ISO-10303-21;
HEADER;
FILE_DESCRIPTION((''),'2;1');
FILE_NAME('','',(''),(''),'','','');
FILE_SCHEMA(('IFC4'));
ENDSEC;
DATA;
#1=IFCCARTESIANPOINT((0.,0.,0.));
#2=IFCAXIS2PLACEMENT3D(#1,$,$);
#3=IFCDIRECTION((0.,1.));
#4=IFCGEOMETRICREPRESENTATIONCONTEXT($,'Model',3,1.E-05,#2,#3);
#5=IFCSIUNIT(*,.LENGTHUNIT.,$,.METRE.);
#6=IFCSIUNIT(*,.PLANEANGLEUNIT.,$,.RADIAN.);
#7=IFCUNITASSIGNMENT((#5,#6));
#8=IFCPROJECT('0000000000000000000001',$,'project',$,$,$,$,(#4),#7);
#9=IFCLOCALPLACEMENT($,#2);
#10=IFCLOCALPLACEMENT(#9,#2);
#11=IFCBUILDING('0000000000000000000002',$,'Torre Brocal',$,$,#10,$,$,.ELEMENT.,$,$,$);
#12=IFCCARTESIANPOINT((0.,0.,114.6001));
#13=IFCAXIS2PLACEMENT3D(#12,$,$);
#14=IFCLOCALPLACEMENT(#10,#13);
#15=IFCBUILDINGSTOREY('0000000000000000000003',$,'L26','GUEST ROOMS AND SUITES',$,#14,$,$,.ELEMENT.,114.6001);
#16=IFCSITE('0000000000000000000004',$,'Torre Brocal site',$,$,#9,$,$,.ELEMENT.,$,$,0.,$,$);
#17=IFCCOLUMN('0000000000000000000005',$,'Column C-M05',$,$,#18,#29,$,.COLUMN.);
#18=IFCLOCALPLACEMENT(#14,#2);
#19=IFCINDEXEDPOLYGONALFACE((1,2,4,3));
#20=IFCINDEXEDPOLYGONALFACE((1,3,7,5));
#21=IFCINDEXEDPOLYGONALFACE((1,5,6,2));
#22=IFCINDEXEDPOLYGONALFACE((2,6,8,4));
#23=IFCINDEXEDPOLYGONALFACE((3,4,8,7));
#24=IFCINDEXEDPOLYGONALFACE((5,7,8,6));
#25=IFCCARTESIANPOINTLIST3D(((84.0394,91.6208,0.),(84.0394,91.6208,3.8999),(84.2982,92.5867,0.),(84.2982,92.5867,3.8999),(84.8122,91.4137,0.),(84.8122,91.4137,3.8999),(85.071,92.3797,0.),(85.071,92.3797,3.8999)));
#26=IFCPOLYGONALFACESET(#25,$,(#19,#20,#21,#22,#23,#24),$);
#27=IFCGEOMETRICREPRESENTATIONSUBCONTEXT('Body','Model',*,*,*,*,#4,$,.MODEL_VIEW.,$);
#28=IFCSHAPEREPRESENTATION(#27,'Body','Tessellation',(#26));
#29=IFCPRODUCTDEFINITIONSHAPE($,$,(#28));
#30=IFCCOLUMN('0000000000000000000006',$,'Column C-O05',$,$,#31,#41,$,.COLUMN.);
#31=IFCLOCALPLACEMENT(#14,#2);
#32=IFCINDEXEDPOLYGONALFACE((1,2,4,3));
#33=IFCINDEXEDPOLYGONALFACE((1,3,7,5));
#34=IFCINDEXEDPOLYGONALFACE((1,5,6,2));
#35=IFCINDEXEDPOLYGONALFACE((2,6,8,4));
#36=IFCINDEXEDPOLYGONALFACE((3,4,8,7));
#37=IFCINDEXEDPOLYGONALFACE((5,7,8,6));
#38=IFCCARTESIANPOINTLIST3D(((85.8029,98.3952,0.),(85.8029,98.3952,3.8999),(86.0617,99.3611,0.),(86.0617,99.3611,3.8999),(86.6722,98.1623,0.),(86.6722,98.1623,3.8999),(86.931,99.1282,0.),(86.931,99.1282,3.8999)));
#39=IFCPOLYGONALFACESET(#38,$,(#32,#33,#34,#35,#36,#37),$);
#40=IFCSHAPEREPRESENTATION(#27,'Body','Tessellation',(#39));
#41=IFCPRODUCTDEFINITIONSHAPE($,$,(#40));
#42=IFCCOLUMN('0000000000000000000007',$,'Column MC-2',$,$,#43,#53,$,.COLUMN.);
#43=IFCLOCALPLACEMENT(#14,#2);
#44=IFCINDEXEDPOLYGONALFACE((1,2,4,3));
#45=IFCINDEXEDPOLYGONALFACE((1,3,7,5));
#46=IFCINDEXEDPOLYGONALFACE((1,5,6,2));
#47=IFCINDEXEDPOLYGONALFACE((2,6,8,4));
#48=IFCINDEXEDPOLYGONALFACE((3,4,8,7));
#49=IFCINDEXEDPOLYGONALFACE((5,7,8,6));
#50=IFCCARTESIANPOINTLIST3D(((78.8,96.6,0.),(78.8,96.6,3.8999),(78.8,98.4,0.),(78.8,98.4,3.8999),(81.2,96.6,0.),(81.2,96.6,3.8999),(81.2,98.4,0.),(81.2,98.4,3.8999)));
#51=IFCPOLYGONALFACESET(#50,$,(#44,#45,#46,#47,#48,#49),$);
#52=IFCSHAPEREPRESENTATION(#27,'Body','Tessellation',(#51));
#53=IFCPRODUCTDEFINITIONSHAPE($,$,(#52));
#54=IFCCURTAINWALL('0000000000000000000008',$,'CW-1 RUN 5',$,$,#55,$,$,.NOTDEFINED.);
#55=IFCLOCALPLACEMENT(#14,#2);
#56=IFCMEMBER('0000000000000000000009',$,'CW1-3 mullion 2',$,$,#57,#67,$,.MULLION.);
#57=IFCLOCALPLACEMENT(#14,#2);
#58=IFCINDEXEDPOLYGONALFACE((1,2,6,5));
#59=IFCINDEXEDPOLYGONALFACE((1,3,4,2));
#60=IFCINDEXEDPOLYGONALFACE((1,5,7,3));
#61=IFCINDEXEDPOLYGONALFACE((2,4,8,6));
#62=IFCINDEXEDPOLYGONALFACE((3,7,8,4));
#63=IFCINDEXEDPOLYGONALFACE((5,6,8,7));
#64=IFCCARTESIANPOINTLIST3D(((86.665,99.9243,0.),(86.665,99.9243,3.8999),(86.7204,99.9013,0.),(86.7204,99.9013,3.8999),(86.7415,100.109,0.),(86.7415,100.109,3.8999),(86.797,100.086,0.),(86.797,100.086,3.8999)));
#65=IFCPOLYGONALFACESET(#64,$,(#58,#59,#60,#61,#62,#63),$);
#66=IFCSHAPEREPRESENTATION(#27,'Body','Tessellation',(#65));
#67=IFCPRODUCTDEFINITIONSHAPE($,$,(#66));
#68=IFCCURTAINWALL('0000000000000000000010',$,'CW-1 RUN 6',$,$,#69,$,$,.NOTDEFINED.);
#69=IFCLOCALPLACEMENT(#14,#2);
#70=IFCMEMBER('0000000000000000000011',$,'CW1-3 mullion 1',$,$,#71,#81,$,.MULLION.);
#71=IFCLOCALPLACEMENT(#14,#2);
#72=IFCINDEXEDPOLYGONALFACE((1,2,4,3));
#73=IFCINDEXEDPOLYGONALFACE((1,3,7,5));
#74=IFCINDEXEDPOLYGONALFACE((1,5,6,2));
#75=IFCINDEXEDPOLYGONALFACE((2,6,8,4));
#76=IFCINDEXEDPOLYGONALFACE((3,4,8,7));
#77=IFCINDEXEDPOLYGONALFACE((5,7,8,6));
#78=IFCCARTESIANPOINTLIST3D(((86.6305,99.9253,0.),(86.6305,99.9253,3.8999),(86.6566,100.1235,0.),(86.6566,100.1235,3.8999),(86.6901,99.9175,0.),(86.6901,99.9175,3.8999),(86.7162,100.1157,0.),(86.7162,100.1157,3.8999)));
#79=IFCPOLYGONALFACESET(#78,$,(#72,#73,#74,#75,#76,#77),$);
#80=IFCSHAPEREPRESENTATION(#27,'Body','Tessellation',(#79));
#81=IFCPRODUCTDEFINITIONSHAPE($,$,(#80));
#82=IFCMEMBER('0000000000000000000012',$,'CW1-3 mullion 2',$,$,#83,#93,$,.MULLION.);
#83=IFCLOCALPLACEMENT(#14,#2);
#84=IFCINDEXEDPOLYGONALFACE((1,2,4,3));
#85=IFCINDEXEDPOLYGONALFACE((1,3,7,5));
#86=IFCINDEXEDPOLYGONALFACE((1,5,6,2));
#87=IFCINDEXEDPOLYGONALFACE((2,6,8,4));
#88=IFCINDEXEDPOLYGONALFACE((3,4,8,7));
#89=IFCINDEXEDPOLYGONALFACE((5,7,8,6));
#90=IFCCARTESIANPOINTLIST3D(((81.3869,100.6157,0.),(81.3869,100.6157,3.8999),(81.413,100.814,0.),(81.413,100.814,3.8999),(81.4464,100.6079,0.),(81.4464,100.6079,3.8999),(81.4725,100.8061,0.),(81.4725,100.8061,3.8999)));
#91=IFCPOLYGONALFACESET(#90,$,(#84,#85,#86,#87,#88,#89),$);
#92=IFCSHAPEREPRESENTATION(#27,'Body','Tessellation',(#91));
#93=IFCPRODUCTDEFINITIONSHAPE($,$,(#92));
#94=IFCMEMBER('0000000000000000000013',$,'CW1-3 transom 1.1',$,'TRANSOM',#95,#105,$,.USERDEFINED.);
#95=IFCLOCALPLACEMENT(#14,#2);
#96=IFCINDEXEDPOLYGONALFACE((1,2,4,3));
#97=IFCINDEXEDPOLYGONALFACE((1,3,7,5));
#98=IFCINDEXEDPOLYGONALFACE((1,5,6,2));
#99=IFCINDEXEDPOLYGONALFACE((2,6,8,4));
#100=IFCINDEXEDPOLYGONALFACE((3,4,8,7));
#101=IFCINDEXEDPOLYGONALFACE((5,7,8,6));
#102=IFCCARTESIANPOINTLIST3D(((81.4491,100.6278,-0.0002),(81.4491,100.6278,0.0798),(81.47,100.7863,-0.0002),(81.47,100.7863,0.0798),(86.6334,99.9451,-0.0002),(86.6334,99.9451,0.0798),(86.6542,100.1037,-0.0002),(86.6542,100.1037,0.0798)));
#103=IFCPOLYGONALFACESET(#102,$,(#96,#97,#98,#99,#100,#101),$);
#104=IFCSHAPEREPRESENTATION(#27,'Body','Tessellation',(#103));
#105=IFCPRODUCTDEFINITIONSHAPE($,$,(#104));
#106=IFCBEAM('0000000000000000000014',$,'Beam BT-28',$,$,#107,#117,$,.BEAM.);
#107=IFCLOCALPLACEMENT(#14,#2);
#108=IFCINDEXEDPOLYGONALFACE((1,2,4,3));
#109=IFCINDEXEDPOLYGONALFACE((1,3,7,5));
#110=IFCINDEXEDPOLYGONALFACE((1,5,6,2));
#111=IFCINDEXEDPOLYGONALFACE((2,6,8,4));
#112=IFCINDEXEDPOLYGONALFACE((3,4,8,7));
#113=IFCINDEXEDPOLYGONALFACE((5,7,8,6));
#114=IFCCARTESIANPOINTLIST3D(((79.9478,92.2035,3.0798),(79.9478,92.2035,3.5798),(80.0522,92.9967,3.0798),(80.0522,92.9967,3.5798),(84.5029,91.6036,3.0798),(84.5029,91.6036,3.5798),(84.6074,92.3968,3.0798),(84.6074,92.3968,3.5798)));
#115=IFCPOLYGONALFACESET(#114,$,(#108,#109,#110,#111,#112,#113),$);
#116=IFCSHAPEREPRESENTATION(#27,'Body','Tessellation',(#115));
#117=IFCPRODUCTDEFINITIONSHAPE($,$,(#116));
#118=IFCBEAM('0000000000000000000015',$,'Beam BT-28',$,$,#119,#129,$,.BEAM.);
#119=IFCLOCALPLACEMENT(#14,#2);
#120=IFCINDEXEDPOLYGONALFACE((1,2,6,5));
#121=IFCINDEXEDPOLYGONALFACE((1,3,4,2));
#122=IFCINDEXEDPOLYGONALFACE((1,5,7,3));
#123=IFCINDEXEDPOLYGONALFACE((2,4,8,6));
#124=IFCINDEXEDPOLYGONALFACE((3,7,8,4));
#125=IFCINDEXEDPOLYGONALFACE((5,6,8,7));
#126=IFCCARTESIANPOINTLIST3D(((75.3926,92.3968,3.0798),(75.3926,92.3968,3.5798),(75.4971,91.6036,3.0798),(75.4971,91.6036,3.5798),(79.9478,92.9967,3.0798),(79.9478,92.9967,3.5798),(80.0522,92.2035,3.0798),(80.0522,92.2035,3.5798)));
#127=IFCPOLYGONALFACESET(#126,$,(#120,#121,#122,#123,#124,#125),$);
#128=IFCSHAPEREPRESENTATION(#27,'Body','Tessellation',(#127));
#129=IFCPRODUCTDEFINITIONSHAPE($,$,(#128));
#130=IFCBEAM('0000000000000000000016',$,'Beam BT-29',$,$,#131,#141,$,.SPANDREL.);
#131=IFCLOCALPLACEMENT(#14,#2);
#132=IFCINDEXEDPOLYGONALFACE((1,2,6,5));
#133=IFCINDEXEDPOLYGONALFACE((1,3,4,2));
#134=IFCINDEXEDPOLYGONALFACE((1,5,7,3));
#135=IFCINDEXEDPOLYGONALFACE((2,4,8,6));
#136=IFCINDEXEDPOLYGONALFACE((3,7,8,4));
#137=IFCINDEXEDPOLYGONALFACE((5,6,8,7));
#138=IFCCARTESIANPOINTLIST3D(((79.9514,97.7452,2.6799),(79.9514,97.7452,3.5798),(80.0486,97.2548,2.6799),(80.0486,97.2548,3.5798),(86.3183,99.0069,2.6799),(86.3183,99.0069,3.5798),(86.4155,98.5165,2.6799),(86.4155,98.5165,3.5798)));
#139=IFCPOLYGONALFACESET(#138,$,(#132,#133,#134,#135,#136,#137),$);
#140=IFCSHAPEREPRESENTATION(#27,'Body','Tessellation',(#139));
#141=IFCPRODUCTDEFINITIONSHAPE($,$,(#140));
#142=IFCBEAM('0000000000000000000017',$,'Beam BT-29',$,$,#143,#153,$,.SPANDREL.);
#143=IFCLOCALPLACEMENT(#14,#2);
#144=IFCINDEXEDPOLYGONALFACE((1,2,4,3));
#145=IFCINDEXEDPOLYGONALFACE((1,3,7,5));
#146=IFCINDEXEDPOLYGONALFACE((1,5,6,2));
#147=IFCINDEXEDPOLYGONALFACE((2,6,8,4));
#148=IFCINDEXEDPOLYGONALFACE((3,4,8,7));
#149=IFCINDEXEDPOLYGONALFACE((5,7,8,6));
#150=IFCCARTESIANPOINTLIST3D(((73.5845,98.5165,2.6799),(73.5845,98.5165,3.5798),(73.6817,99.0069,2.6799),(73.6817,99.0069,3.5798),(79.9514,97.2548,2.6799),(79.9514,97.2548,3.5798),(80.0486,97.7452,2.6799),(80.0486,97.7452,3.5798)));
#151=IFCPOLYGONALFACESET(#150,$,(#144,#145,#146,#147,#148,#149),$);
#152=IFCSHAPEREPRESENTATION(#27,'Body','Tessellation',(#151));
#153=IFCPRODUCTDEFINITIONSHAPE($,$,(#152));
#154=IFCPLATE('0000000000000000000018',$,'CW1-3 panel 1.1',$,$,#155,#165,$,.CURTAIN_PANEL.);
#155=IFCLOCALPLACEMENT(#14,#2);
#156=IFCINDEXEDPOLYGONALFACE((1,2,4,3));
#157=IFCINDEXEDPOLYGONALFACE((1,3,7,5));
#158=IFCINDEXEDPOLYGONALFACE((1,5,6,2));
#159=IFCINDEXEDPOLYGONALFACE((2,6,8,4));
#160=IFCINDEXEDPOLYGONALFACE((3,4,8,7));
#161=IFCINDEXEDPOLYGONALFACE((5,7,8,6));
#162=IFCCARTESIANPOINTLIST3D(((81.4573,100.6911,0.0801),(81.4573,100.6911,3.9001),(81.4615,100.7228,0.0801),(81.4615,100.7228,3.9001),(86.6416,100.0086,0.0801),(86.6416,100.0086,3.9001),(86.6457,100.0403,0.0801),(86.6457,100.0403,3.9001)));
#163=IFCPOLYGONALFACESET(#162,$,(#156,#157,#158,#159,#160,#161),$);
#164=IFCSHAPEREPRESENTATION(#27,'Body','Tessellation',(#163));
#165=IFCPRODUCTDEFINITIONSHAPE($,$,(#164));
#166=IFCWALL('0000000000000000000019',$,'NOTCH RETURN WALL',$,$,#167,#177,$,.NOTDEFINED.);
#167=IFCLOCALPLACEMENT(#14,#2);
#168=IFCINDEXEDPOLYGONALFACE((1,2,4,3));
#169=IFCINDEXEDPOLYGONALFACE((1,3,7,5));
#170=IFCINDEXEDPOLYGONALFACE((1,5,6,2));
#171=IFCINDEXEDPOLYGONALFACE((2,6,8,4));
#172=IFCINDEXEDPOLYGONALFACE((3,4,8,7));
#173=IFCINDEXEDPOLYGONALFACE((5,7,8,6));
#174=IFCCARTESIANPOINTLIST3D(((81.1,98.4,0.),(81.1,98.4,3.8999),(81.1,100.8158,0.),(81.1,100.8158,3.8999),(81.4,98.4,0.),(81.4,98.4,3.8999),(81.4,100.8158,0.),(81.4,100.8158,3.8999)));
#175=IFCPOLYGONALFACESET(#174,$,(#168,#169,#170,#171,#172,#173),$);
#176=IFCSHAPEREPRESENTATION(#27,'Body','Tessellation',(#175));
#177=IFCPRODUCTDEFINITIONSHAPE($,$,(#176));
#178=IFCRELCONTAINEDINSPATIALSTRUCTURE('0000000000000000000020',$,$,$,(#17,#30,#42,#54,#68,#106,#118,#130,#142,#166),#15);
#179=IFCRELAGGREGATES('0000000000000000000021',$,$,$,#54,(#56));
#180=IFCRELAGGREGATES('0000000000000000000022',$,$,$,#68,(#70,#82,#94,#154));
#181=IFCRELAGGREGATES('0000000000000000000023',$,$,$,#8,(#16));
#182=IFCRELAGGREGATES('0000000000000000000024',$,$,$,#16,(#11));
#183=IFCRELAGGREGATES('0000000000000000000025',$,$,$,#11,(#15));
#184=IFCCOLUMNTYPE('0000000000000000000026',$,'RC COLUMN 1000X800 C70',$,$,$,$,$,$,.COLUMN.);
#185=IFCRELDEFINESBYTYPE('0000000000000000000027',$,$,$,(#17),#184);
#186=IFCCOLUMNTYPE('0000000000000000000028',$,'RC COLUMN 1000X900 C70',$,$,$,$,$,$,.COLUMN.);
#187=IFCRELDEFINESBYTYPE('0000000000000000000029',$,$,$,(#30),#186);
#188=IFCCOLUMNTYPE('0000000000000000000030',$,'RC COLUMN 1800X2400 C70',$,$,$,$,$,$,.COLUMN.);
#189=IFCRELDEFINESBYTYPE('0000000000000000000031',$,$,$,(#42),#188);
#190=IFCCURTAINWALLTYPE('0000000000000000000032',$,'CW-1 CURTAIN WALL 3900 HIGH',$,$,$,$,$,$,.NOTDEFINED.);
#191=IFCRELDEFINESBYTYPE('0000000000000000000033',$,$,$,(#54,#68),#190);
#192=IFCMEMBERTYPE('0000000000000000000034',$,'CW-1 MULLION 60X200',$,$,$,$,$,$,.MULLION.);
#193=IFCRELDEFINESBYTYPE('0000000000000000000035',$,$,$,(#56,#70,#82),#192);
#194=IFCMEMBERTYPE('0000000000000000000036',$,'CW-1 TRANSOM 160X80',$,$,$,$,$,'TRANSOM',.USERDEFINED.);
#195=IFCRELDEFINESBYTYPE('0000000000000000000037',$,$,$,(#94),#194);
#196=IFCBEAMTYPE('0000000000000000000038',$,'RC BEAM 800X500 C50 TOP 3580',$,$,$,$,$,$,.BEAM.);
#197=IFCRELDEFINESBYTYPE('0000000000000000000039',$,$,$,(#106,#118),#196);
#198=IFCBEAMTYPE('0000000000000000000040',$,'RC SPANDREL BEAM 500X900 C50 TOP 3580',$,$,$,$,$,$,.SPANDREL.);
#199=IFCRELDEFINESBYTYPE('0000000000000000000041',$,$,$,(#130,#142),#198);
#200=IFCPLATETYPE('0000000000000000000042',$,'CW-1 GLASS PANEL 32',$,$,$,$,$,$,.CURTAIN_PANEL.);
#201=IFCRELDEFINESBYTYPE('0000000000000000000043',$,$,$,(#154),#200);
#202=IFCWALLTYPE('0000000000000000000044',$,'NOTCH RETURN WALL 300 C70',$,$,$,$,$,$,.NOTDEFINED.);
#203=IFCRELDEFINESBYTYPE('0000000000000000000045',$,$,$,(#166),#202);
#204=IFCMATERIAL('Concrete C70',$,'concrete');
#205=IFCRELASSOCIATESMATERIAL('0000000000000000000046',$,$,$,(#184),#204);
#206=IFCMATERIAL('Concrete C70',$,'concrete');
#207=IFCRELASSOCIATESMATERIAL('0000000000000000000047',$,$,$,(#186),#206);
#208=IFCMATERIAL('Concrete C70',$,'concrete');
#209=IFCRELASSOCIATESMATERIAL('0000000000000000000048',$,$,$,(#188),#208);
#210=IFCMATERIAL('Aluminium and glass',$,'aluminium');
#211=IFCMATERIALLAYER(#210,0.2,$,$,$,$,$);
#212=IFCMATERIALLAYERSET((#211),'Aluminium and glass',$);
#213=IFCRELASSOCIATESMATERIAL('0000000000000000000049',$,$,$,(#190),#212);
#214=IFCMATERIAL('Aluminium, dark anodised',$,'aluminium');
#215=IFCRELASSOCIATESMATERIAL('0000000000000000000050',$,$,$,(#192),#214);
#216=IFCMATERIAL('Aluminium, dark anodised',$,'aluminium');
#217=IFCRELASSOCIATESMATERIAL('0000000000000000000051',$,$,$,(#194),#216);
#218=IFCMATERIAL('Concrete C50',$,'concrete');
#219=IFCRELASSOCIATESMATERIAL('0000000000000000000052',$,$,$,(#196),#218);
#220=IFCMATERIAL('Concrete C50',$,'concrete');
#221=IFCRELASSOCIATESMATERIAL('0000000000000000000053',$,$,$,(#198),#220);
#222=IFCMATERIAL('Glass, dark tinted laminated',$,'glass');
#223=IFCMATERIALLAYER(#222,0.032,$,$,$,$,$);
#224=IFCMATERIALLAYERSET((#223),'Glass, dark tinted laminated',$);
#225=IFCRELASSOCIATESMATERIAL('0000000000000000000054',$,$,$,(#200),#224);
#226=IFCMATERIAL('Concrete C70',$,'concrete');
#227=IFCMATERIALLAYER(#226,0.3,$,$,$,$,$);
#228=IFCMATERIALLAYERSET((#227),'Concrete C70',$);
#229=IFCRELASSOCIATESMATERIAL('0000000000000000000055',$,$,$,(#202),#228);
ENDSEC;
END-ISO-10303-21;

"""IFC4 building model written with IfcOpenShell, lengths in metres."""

from ifc_helpers import new_model, si_unit, direction, frame, frame_2d, origin, origin_2d, place, context, subcontext, project, spatial, rectangle, extrude, material, layer, layer_set, material_profile, profile_set, type_object, element, aggregate, save


model = new_model("IFC4")

# Units and contexts
model_context = context("Model", 3, precision=1e-05, world=origin(), true_north=direction((0.0, 1.0)))
body_context = subcontext(model_context, "Body", "Model", "MODEL_VIEW")
ifc_project = project(units=[si_unit("LENGTHUNIT", "METRE"), si_unit("PLANEANGLEUNIT", "RADIAN")], contexts=[model_context])

# Site, building, storey
site_placement = place(None, origin())
site = spatial("IfcSite", under=ifc_project, at=site_placement, Name="Torre Brocal site", CompositionType="ELEMENT", RefElevation=0.0)
building_placement = place(site_placement, origin())
building = spatial("IfcBuilding", under=site, at=building_placement, Name="Torre Brocal", CompositionType="ELEMENT")
storey_placement = place(building_placement, frame((0.0, 0.0, 114.6001)))
storey = spatial("IfcBuildingStorey", under=building, at=storey_placement, Name="L26", Description="GUEST ROOMS AND SUITES", CompositionType="ELEMENT", Elevation=114.6001)

# Columns
ifc_material_1 = material(Name="Concrete C70", Category="concrete")
ifc_material_profile_1 = material_profile(ifc_material_1, rectangle(XDim=1.0, YDim=0.8, at=origin_2d()), Name="RC 1000X800")
ifc_profile_set_1 = profile_set([ifc_material_profile_1], Name="Concrete C70")
column_type_1 = type_object("IfcColumnType", Name="RC COLUMN 1000X800 C70", PredefinedType="COLUMN", material=ifc_profile_set_1)
column_1_placement = place(storey_placement, frame((84.5552, 92.0002, 0.0), z_axis=(0.0, 0.0, 1.0), x_axis=(0.258819, 0.965926, 0.0)))
element("IfcColumn", 1, at=column_1_placement, inside=storey, type_object=column_type_1, Name="Column C-M05", PredefinedType="COLUMN", context=body_context, shape_type="SweptSolid", body=[
    extrude(rectangle(XDim=1.0, YDim=0.8, at=origin_2d()), origin(), (0.0, 0.0, 1.0), 3.8999),
])
ifc_material_2 = material(Name="Concrete C70", Category="concrete")
ifc_material_profile_2 = material_profile(ifc_material_2, rectangle(XDim=1.0, YDim=0.8999, at=origin_2d()), Name="RC 1000X900")
ifc_profile_set_2 = profile_set([ifc_material_profile_2], Name="Concrete C70")
column_type_2 = type_object("IfcColumnType", Name="RC COLUMN 1000X900 C70", PredefinedType="COLUMN", material=ifc_profile_set_2)
column_2_placement = place(storey_placement, frame((86.3669, 98.7617, 0.0), z_axis=(0.0, 0.0, 1.0), x_axis=(0.258819, 0.965926, 0.0)))
element("IfcColumn", 2, at=column_2_placement, inside=storey, type_object=column_type_2, Name="Column C-O05", PredefinedType="COLUMN", context=body_context, shape_type="SweptSolid", body=[
    extrude(rectangle(XDim=1.0, YDim=0.8999, at=origin_2d()), origin(), (0.0, 0.0, 1.0), 3.8999),
])
ifc_material_3 = material(Name="Concrete C70", Category="concrete")
ifc_material_profile_3 = material_profile(ifc_material_3, rectangle(XDim=1.8, YDim=2.3999, at=origin_2d()), Name="RC 1800X2400")
ifc_profile_set_3 = profile_set([ifc_material_profile_3], Name="Concrete C70")
column_type_3 = type_object("IfcColumnType", Name="RC COLUMN 1800X2400 C70", PredefinedType="COLUMN", material=ifc_profile_set_3)
column_3_placement = place(storey_placement, frame((80.0, 97.5, 0.0), z_axis=(0.0, 0.0, 1.0), x_axis=(0.0, 1.0, 0.0)))
element("IfcColumn", 3, at=column_3_placement, inside=storey, type_object=column_type_3, Name="Column MC-2", PredefinedType="COLUMN", context=body_context, shape_type="SweptSolid", body=[
    extrude(rectangle(XDim=1.8, YDim=2.3999, at=origin_2d()), origin(), (0.0, 0.0, 1.0), 3.8999),
])

# Curtain wall, member
ifc_material_4 = material(Name="Aluminium and glass", Category="aluminium")
ifc_layer_1 = layer(ifc_material_4, 0.2)
ifc_layer_set_1 = layer_set([ifc_layer_1], Name="Aluminium and glass")
curtain_wall_type = type_object("IfcCurtainWallType", Name="CW-1 CURTAIN WALL 3900 HIGH", PredefinedType="NOTDEFINED", material=ifc_layer_set_1)
curtain_wall_1_placement = place(storey_placement, origin())
curtain_wall_1 = element("IfcCurtainWall", 4, at=curtain_wall_1_placement, inside=storey, type_object=curtain_wall_type, Name="CW-1 RUN 5", PredefinedType="NOTDEFINED")
ifc_material_5 = material(Name="Aluminium, dark anodised", Category="aluminium")
ifc_material_profile_4 = material_profile(ifc_material_5, rectangle(XDim=0.2, YDim=0.0601, at=origin_2d()), Name="CW-1 MULLION 60X200")
ifc_profile_set_4 = profile_set([ifc_material_profile_4], Name="Aluminium, dark anodised")
member_type_1 = type_object("IfcMemberType", Name="CW-1 MULLION 60X200", PredefinedType="MULLION", material=ifc_profile_set_4)
member_1_placement = place(storey_placement, frame((86.731, 100.0051, 0.0), z_axis=(0.0, 0.0, 1.0), x_axis=(-0.382683, -0.92388, 0.0)))
member_1 = element("IfcMember", 5, at=member_1_placement, type_object=member_type_1, Name="CW1-3 mullion 2", PredefinedType="MULLION", context=body_context, shape_type="SweptSolid", body=[
    extrude(rectangle(XDim=0.2, YDim=0.0601, at=origin_2d()), origin(), (0.0, 0.0, 1.0), 3.8999),
])
aggregate(curtain_wall_1, [member_1])

# Curtain wall, members
curtain_wall_2_placement = place(storey_placement, origin())
curtain_wall_2 = element("IfcCurtainWall", 6, at=curtain_wall_2_placement, inside=storey, type_object=curtain_wall_type, Name="CW-1 RUN 6", PredefinedType="NOTDEFINED")
member_2_placement = place(storey_placement, frame((86.6733, 100.0205, 0.0), z_axis=(0.0, 0.0, 1.0), x_axis=(-0.130526, -0.991445, 0.0)))
member_2 = element("IfcMember", 7, at=member_2_placement, type_object=member_type_1, Name="CW1-3 mullion 1", PredefinedType="MULLION", context=body_context, shape_type="SweptSolid", body=[
    extrude(rectangle(XDim=0.2, YDim=0.0601, at=origin_2d()), origin(), (0.0, 0.0, 1.0), 3.8999),
])
member_3_placement = place(storey_placement, frame((81.4297, 100.7109, 0.0), z_axis=(0.0, 0.0, 1.0), x_axis=(-0.130526, -0.991445, 0.0)))
member_3 = element("IfcMember", 8, at=member_3_placement, type_object=member_type_1, Name="CW1-3 mullion 2", PredefinedType="MULLION", context=body_context, shape_type="SweptSolid", body=[
    extrude(rectangle(XDim=0.2, YDim=0.0601, at=origin_2d()), origin(), (0.0, 0.0, 1.0), 3.8999),
])
ifc_material_6 = material(Name="Aluminium, dark anodised", Category="aluminium")
ifc_material_profile_5 = material_profile(ifc_material_6, rectangle(XDim=0.1599, YDim=0.0801, at=origin_2d()), Name="CW-1 TRANSOM 160X80")
ifc_profile_set_5 = profile_set([ifc_material_profile_5], Name="Aluminium, dark anodised")
member_type_2 = type_object("IfcMemberType", Name="CW-1 TRANSOM 160X80", ElementType="TRANSOM", PredefinedType="USERDEFINED", material=ifc_profile_set_5)
member_4_placement = place(storey_placement, frame((86.6438, 100.0244, 0.0398), z_axis=(-0.991443, 0.130543, 0.0), x_axis=(-0.130543, -0.991443, 0.0)))
member_4 = element("IfcMember", 9, at=member_4_placement, type_object=member_type_2, Name="CW1-3 transom 1.1", ObjectType="TRANSOM", PredefinedType="USERDEFINED", context=body_context, shape_type="SweptSolid", body=[
    extrude(rectangle(XDim=0.1599, YDim=0.0801, at=origin_2d()), origin(), (0.0, 0.0, 1.0), 5.229),
])

# Beams
ifc_material_7 = material(Name="Concrete C50", Category="concrete")
ifc_material_profile_6 = material_profile(ifc_material_7, rectangle(XDim=0.8, YDim=0.5, at=origin_2d()), Name="RC 800X500")
ifc_profile_set_6 = profile_set([ifc_material_profile_6], Name="Concrete C50")
beam_type_1 = type_object("IfcBeamType", Name="RC BEAM 800X500 C50 TOP 3580", PredefinedType="BEAM", material=ifc_profile_set_6)
for number, where, z_axis, x_axis, name in (
    (10, (84.5552, 92.0002, 3.3298), (-0.991441, 0.130559, 0.0), (-0.130559, -0.991441, 0.0), "Beam BT-28"),
    (11, (80.0, 92.6001, 3.3298), (-0.991441, -0.130559, 0.0), (0.130559, -0.991441, 0.0), "Beam BT-28"),
):
    element("IfcBeam", number, at=place(storey_placement, frame(where, z_axis=z_axis, x_axis=x_axis)), inside=storey, type_object=beam_type_1, Name=name, PredefinedType="BEAM", context=body_context, shape_type="SweptSolid", body=[
        extrude(rectangle(XDim=0.8, YDim=0.5, at=origin_2d()), origin(), (0.0, 0.0, 1.0), 4.5945),
    ])
ifc_material_8 = material(Name="Concrete C50", Category="concrete")
ifc_material_profile_7 = material_profile(ifc_material_8, rectangle(XDim=0.5, YDim=0.8999, at=origin_2d()), Name="RC 500X900")
ifc_profile_set_7 = profile_set([ifc_material_profile_7], Name="Concrete C50")
beam_type_2 = type_object("IfcBeamType", Name="RC SPANDREL BEAM 500X900 C50 TOP 3580", PredefinedType="SPANDREL", material=ifc_profile_set_7)
for number, where, z_axis, x_axis, name in (
    (12, (86.3669, 98.7617, 3.1299), (-0.980925, -0.194387, 0.0), (0.194387, -0.980925, 0.0), "Beam BT-29"),
    (13, (80.0, 97.5, 3.1299), (-0.980925, 0.194387, 0.0), (-0.194387, -0.980925, 0.0), "Beam BT-29"),
):
    element("IfcBeam", number, at=place(storey_placement, frame(where, z_axis=z_axis, x_axis=x_axis)), inside=storey, type_object=beam_type_2, Name=name, PredefinedType="SPANDREL", context=body_context, shape_type="SweptSolid", body=[
        extrude(rectangle(XDim=0.5, YDim=0.8999, at=origin_2d()), origin(), (0.0, 0.0, 1.0), 6.4907),
    ])

# Plate
ifc_material_9 = material(Name="Glass, dark tinted laminated", Category="glass")
ifc_layer_2 = layer(ifc_material_9, 0.032)
ifc_layer_set_2 = layer_set([ifc_layer_2], Name="Glass, dark tinted laminated")
plate_type = type_object("IfcPlateType", Name="CW-1 GLASS PANEL 32", PredefinedType="CURTAIN_PANEL", material=ifc_layer_set_2)
plate_placement = place(storey_placement, frame((84.0515, 100.3657, 0.0801), z_axis=(0.0, 0.0, 1.0), x_axis=(-0.991445, 0.130526, 0.0)))
plate = element("IfcPlate", 14, at=plate_placement, type_object=plate_type, Name="CW1-3 panel 1.1", PredefinedType="CURTAIN_PANEL", context=body_context, shape_type="SweptSolid", body=[
    extrude(rectangle(XDim=5.229, YDim=0.032, at=origin_2d()), origin(), (0.0, 0.0, 1.0), 3.8201),
])
aggregate(curtain_wall_2, [member_2, member_3, member_4, plate])

# Wall
ifc_material_10 = material(Name="Concrete C70", Category="concrete")
ifc_layer_3 = layer(ifc_material_10, 0.3)
ifc_layer_set_3 = layer_set([ifc_layer_3], Name="Concrete C70")
wall_type_1 = type_object("IfcWallType", Name="NOTCH RETURN WALL 300 C70", PredefinedType="NOTDEFINED", material=ifc_layer_set_3)
wall_1_placement = place(storey_placement, frame((81.25, 98.3999, 0.0), z_axis=(0.0, 0.0, 1.0), x_axis=(0.0, 1.0, 0.0)))
element("IfcWall", 15, at=wall_1_placement, inside=storey, type_object=wall_type_1, Name="NOTCH RETURN WALL", PredefinedType="NOTDEFINED", context=body_context, shape_type="SweptSolid", body=[
    extrude(rectangle(XDim=2.4158, YDim=0.3, at=frame_2d((1.208, 0.0))), origin(), (0.0, 0.0, 1.0), 3.8999),
])

save(model, "model.ifc")
